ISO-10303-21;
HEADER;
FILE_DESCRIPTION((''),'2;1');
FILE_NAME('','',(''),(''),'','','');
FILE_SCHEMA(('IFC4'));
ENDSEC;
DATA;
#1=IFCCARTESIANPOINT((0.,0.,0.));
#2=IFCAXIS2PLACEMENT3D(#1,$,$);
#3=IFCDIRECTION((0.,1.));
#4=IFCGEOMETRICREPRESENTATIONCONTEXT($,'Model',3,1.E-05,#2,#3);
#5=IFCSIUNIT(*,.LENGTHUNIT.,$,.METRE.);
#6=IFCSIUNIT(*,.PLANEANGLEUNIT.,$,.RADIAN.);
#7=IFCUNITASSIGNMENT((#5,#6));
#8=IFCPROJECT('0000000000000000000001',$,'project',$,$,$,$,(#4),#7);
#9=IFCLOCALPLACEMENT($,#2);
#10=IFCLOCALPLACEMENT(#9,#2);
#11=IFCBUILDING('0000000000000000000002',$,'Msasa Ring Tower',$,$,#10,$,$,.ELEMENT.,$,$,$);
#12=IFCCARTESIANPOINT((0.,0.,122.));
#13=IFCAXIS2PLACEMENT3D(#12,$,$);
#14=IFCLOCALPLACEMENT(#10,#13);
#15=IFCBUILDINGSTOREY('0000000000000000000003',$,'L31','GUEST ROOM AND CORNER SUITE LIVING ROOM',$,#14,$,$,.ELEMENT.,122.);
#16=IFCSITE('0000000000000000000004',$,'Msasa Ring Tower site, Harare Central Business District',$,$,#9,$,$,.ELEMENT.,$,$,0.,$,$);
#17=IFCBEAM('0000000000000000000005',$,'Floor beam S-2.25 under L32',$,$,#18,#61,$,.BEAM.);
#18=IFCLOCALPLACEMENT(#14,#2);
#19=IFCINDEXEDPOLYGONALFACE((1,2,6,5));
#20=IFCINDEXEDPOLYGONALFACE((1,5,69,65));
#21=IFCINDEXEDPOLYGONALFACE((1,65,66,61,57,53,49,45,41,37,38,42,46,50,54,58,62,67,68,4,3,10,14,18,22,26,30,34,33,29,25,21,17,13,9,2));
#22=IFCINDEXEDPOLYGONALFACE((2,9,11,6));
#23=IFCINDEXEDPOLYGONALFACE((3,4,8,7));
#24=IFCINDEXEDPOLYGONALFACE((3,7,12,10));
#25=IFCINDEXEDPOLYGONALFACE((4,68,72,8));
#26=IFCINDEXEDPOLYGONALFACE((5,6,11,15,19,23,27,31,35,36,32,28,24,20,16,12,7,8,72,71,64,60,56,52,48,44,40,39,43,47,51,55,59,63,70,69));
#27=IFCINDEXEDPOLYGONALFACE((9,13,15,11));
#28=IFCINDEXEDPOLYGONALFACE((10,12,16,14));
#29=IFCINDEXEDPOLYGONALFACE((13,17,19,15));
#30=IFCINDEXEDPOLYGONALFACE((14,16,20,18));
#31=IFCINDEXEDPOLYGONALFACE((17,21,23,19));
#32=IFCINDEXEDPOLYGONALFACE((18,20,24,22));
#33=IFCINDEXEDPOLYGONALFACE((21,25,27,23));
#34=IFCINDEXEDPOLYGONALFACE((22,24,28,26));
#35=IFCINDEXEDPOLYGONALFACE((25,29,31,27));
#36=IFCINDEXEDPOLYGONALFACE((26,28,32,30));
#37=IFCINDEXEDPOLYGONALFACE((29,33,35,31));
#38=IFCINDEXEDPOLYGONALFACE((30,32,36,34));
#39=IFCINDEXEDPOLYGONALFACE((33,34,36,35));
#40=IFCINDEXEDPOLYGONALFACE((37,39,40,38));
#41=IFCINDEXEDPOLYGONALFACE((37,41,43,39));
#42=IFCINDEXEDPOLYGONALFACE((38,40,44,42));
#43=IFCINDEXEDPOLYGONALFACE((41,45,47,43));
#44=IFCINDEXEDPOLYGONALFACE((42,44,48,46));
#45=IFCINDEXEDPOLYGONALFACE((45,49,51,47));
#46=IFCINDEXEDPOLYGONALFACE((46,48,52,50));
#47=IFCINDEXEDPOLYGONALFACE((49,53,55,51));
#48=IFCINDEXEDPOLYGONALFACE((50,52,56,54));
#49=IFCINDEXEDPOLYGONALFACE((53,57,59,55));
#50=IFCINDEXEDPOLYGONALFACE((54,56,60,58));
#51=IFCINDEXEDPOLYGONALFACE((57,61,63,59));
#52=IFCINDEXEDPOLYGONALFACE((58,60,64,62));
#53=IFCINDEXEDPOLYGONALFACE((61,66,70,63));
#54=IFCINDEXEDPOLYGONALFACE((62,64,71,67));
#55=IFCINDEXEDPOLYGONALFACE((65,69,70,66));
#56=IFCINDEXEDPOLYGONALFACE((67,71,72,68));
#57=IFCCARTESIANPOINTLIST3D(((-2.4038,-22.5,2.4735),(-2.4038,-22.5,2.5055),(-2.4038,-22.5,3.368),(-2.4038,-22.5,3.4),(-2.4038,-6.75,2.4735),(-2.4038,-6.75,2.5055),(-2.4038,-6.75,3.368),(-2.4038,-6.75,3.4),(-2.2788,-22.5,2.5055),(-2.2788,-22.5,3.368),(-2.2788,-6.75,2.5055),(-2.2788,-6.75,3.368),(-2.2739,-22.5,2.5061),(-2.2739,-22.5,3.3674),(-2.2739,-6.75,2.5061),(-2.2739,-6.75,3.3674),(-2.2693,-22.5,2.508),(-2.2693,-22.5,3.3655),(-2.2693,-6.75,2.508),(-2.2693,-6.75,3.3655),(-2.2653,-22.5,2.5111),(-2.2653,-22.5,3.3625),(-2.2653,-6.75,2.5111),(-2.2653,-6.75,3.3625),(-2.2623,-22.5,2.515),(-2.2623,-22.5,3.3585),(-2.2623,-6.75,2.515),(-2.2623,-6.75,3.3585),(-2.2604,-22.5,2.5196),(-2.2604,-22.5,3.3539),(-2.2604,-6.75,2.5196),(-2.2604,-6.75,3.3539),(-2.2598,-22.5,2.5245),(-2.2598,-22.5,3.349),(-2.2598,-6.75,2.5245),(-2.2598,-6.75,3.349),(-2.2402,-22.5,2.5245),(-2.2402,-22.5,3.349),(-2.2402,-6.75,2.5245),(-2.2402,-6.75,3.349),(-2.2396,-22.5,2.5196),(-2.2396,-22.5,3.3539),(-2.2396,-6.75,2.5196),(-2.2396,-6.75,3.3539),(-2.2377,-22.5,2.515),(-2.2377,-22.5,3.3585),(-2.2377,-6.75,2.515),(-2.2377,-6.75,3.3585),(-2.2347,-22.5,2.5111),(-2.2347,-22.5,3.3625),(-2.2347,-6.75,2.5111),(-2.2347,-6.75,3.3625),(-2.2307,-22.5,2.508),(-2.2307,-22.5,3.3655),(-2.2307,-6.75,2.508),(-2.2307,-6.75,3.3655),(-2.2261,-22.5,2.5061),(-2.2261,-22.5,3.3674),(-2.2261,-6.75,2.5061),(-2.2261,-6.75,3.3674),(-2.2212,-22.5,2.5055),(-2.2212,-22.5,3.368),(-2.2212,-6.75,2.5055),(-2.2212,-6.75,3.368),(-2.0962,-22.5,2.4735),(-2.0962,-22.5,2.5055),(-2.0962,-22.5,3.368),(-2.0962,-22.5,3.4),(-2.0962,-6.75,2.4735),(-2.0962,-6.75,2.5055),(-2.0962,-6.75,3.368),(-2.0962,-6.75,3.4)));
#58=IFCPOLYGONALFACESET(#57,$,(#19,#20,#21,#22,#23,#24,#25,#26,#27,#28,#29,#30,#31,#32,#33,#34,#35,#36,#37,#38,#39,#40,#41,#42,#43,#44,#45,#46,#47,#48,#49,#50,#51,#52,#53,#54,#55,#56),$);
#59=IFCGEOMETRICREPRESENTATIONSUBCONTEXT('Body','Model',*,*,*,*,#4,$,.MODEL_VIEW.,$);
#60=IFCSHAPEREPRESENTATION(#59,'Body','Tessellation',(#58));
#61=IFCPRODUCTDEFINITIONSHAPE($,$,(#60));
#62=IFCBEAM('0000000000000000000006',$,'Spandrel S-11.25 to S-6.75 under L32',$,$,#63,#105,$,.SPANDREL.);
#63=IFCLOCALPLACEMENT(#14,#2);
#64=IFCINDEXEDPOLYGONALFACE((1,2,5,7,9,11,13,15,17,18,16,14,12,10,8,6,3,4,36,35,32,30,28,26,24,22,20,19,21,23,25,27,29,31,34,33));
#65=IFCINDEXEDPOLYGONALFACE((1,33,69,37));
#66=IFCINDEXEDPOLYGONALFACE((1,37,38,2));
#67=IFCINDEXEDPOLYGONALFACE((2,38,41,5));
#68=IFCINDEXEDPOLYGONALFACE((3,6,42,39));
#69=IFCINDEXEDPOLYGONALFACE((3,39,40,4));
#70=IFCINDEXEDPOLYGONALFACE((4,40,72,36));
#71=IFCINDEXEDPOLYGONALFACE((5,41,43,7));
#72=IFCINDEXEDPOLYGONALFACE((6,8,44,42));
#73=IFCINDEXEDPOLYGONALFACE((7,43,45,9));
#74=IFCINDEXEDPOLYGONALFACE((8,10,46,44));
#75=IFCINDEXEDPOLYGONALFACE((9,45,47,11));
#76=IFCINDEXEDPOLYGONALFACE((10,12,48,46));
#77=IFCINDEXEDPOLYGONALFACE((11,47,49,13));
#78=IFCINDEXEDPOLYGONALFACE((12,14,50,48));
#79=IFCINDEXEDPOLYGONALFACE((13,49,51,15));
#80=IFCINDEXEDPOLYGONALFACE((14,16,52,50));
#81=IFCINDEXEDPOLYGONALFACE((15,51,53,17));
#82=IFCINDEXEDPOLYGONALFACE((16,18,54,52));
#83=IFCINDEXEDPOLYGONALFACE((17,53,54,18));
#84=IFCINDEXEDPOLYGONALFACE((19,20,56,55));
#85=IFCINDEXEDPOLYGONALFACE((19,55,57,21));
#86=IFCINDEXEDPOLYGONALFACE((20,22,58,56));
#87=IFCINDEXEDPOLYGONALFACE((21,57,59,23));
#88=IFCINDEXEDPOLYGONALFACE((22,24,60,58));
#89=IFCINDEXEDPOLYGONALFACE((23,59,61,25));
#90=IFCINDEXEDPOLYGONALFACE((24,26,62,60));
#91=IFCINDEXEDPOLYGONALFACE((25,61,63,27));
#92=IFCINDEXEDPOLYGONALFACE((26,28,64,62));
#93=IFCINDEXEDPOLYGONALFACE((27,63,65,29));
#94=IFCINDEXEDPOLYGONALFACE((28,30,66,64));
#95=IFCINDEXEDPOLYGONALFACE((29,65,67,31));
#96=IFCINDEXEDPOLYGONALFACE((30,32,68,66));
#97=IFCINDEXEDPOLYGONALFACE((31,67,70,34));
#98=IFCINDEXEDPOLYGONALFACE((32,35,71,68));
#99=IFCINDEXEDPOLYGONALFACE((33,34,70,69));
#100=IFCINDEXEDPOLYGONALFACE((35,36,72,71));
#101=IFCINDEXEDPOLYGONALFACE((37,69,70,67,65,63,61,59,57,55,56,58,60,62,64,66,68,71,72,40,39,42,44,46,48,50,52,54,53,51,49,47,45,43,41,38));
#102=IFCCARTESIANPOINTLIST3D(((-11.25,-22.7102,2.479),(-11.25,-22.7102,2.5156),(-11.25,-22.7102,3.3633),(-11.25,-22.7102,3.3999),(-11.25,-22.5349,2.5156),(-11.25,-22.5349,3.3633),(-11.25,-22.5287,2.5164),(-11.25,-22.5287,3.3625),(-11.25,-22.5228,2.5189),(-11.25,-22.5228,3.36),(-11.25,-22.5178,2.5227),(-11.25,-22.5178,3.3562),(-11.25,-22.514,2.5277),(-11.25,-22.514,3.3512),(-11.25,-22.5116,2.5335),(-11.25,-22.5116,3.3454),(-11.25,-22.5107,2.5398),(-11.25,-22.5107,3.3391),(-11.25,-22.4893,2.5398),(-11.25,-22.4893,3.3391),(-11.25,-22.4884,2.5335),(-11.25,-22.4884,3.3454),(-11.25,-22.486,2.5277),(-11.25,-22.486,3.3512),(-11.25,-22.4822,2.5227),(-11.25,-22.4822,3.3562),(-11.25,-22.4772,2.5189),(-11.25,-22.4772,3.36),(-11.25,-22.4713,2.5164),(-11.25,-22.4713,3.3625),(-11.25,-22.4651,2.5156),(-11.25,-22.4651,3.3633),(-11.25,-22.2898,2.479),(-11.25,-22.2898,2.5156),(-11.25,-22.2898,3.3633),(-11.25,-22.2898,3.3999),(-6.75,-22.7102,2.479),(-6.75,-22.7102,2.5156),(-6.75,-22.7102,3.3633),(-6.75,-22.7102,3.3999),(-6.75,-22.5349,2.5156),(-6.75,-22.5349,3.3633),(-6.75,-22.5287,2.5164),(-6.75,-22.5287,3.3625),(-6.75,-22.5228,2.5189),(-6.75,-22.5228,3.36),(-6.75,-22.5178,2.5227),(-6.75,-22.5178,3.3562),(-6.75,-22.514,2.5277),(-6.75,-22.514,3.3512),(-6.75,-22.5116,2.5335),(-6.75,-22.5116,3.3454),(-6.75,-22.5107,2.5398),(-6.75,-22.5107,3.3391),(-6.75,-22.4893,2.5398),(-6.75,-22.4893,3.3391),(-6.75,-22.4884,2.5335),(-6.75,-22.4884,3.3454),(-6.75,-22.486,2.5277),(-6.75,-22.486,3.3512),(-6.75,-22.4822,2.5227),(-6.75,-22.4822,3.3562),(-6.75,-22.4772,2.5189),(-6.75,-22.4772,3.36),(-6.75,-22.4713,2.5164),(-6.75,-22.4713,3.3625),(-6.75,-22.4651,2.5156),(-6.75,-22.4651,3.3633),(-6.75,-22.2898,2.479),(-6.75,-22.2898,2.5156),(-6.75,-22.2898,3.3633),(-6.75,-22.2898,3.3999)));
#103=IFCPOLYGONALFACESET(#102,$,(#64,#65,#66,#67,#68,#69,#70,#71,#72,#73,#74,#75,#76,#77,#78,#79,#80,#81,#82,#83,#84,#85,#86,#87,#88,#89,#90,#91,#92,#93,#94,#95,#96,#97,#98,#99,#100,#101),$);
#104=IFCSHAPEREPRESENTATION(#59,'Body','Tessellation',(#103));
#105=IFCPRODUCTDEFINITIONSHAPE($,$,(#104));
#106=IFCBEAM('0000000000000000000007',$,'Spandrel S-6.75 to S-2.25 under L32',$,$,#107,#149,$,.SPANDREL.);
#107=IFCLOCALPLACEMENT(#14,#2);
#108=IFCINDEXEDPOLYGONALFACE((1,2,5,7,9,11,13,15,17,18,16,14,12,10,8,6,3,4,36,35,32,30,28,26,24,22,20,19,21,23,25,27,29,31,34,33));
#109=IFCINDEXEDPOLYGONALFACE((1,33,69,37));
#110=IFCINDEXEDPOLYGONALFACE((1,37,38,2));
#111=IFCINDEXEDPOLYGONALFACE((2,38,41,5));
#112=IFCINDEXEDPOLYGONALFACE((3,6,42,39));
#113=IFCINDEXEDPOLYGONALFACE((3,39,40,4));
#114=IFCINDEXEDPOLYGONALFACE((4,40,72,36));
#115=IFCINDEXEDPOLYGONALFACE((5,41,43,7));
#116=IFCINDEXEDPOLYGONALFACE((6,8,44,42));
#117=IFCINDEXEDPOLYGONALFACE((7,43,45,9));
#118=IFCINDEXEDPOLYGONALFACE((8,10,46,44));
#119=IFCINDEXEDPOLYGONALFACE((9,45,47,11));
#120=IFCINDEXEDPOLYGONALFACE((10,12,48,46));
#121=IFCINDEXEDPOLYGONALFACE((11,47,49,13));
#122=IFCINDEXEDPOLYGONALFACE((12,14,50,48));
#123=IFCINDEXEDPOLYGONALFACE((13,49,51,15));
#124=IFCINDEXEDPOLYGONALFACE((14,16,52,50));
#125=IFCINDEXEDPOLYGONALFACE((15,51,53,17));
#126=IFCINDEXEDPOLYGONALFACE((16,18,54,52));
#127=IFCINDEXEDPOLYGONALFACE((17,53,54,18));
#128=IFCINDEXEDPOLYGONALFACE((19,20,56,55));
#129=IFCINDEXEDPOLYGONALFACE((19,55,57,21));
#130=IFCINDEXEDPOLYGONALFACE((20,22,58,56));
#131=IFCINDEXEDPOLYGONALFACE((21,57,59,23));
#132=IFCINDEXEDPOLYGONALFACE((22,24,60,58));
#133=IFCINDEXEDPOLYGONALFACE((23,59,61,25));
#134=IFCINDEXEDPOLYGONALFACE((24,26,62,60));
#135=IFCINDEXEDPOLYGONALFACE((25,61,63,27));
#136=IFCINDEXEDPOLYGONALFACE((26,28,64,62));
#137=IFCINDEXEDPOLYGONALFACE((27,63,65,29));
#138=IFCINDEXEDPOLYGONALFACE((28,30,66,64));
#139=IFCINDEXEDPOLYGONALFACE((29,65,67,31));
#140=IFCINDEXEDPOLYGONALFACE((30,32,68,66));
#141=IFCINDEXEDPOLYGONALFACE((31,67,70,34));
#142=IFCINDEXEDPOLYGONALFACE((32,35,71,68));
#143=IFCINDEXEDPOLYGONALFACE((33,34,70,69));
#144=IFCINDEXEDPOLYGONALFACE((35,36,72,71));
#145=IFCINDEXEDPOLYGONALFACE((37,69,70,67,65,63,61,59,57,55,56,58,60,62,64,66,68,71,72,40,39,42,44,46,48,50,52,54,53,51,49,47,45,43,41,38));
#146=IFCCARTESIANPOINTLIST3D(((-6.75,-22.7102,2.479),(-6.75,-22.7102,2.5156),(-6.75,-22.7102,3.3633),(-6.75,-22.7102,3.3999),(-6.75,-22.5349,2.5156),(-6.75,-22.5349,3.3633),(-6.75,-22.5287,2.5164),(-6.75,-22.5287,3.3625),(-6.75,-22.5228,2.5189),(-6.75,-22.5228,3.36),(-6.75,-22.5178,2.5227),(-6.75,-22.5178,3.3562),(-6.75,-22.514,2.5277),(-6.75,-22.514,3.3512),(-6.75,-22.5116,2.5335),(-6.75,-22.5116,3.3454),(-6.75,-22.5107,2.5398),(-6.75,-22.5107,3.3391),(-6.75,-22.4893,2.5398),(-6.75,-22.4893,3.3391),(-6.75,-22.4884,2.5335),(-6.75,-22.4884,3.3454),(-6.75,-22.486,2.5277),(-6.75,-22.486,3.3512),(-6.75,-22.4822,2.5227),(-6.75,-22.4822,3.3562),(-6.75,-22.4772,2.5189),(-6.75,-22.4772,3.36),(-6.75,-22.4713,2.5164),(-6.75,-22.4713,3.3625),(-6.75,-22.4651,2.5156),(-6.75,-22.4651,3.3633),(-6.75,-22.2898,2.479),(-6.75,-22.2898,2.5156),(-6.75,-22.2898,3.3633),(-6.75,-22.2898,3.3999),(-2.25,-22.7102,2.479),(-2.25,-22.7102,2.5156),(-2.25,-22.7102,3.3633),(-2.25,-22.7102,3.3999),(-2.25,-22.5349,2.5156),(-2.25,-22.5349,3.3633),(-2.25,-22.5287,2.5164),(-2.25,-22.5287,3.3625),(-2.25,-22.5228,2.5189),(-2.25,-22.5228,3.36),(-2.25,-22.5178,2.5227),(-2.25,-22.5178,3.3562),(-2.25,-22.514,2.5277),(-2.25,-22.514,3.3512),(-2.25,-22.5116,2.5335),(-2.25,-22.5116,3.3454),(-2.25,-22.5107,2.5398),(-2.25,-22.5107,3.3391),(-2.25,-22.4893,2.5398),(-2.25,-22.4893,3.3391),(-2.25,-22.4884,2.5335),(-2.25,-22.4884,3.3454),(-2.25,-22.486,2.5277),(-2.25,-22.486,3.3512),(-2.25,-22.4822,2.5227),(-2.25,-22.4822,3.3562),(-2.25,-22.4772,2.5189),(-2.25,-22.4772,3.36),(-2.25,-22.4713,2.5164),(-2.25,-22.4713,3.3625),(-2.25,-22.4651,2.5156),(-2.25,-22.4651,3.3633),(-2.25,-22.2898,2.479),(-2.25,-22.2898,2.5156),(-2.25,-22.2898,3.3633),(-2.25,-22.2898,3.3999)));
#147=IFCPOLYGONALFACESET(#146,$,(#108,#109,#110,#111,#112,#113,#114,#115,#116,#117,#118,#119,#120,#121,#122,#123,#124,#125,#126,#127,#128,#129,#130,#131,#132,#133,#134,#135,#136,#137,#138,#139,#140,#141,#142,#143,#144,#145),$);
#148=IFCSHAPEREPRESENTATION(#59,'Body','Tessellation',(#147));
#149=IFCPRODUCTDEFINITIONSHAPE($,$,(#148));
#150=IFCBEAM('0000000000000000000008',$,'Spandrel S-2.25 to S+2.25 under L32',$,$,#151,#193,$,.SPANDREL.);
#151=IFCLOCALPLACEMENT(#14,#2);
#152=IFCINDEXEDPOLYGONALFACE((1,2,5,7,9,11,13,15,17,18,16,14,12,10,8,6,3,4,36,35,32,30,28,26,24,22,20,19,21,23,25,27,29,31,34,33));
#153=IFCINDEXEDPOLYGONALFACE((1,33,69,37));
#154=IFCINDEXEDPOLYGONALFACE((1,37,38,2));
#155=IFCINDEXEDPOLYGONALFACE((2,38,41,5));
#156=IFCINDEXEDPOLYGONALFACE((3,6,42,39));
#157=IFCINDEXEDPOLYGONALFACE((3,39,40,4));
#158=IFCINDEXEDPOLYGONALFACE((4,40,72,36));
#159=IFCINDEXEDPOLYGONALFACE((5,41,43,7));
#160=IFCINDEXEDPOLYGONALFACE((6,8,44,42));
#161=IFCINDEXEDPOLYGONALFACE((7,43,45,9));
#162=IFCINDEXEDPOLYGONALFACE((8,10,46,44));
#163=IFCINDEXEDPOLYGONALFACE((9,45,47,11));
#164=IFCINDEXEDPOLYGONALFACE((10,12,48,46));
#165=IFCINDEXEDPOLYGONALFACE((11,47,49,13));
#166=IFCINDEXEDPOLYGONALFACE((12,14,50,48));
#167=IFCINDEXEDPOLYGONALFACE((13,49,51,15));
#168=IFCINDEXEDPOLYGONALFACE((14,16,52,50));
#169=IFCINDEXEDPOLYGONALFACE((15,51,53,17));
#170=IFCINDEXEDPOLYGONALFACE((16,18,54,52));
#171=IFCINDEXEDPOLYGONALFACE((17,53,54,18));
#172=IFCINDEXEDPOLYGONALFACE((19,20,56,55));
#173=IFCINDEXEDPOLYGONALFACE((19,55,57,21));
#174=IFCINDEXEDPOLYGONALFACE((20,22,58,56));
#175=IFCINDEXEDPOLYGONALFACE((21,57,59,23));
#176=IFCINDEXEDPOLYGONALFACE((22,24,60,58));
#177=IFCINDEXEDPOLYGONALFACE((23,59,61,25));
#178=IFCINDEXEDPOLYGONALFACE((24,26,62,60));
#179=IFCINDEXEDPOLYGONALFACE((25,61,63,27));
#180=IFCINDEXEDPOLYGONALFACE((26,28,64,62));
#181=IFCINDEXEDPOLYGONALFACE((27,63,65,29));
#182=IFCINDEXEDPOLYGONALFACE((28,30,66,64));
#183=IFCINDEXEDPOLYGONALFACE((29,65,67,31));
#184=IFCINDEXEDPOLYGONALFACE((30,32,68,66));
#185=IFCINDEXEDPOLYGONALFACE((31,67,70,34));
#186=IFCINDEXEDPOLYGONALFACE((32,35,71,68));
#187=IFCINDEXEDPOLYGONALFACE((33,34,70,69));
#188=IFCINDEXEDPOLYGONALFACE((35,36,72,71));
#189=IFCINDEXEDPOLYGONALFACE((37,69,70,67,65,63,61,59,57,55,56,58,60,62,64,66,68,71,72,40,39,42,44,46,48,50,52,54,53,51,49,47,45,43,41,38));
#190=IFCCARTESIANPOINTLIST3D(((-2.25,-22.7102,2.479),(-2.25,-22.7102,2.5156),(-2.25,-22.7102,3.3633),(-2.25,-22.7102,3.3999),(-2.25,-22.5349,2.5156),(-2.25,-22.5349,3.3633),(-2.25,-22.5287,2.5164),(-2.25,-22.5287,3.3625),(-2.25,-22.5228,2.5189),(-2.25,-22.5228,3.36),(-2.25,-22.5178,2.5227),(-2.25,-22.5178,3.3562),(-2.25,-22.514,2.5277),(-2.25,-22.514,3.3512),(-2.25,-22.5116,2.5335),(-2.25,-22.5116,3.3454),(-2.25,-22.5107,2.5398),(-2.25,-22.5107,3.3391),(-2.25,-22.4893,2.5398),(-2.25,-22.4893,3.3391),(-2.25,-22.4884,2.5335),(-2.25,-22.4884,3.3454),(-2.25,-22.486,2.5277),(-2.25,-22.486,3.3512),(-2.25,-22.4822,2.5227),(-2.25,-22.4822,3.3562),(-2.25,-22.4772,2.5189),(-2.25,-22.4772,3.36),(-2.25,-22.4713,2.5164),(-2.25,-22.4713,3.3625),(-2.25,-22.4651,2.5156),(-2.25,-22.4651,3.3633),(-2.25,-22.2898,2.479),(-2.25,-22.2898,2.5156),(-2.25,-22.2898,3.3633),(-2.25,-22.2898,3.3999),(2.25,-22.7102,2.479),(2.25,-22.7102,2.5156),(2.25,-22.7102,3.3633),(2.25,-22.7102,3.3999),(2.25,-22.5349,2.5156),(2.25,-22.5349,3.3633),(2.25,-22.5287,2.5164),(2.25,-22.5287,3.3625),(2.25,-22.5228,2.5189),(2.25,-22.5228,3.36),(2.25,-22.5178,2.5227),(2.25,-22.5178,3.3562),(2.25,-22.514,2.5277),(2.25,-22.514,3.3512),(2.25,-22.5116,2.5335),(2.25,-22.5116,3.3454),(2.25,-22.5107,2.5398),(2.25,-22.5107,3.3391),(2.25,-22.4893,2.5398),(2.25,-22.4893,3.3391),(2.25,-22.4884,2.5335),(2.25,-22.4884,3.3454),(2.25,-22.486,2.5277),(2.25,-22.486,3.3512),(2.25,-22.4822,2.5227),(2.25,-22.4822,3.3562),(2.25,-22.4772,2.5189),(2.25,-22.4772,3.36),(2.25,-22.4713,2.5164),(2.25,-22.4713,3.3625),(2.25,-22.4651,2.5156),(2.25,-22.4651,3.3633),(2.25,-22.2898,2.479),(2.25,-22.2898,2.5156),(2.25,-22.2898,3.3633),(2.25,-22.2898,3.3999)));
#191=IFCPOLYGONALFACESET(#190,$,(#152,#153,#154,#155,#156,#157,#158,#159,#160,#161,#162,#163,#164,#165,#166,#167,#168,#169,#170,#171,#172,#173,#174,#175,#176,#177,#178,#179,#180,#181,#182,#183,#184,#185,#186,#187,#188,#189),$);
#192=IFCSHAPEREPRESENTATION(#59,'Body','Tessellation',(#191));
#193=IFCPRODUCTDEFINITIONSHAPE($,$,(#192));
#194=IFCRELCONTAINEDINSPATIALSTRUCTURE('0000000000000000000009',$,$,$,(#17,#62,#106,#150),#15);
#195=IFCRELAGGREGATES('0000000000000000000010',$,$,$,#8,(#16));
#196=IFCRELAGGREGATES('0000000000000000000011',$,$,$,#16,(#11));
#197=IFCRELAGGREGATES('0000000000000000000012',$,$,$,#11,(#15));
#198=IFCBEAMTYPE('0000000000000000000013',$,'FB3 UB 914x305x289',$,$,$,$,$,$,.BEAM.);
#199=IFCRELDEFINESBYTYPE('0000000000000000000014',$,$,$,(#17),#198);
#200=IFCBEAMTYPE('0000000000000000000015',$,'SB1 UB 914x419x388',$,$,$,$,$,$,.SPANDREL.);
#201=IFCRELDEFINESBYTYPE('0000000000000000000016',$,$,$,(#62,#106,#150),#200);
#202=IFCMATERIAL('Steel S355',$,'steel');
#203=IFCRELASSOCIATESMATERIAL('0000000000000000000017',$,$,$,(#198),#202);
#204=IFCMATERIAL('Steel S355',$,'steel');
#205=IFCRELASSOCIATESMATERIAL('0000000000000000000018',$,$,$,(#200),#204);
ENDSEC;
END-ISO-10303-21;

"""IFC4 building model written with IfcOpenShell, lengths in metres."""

from ifc_helpers import new_model, si_unit, direction, frame, origin, origin_2d, place, context, subcontext, project, spatial, i_section, extrude, material, material_profile, profile_set, type_object, element, save


model = new_model("IFC4")

# Units and contexts
model_context = context("Model", 3, precision=1e-05, world=origin(), true_north=direction((0.0, 1.0)))
body_context = subcontext(model_context, "Body", "Model", "MODEL_VIEW")
ifc_project = project(units=[si_unit("LENGTHUNIT", "METRE"), si_unit("PLANEANGLEUNIT", "RADIAN")], contexts=[model_context])

# Site, building, storey
site_placement = place(None, origin())
site = spatial("IfcSite", under=ifc_project, at=site_placement, Name="Msasa Ring Tower site, Harare Central Business District", CompositionType="ELEMENT", RefElevation=0.0)
building_placement = place(site_placement, origin())
building = spatial("IfcBuilding", under=site, at=building_placement, Name="Msasa Ring Tower", CompositionType="ELEMENT")
storey_placement = place(building_placement, frame((0.0, 0.0, 122.0)))
storey = spatial("IfcBuildingStorey", under=building, at=storey_placement, Name="L31", Description="GUEST ROOM AND CORNER SUITE LIVING ROOM", CompositionType="ELEMENT", Elevation=122.0)

# Beams
ifc_material_1 = material(Name="Steel S355", Category="steel")
ifc_material_profile_1 = material_profile(ifc_material_1, i_section(OverallWidth=0.3076, OverallDepth=0.9265, WebThickness=0.0195, FlangeThickness=0.032, FilletRadius=0.019, at=origin_2d()), Name="UB 914x305x289")
ifc_profile_set_1 = profile_set([ifc_material_profile_1], Name="Steel S355")
beam_type_1 = type_object("IfcBeamType", Name="FB3 UB 914x305x289", PredefinedType="BEAM", material=ifc_profile_set_1)
for number, where, z_axis, x_axis, name in (
    (1, (-2.25, -22.5, 2.9368), (0.0, 1.0, 0.0), (-1.0, 0.0, 0.0), "Floor beam S-2.25 under L32"),
):
    element("IfcBeam", number, at=place(storey_placement, frame(where, z_axis=z_axis, x_axis=x_axis)), inside=storey, type_object=beam_type_1, Name=name, PredefinedType="BEAM", context=body_context, shape_type="SweptSolid", body=[
        extrude(i_section(OverallWidth=0.3076, OverallDepth=0.9265, WebThickness=0.0195, FlangeThickness=0.032, FilletRadius=0.019, at=origin_2d()), origin(), (0.0, 0.0, 1.0), 15.75),
    ])
ifc_material_2 = material(Name="Steel S355", Category="steel")
ifc_material_profile_2 = material_profile(ifc_material_2, i_section(OverallWidth=0.4204, OverallDepth=0.9209, WebThickness=0.0215, FlangeThickness=0.0366, FilletRadius=0.0242, at=origin_2d()), Name="UB 914x419x388")
ifc_profile_set_2 = profile_set([ifc_material_profile_2], Name="Steel S355")
beam_type_2 = type_object("IfcBeamType", Name="SB1 UB 914x419x388", PredefinedType="SPANDREL", material=ifc_profile_set_2)
for number, where, z_axis, x_axis, name in (
    (2, (-11.25, -22.5, 2.9395), (1.0, 0.0, 0.0), (0.0, 1.0, 0.0), "Spandrel S-11.25 to S-6.75 under L32"),
    (3, (-6.75, -22.5, 2.9395), (1.0, 0.0, 0.0), (0.0, 1.0, 0.0), "Spandrel S-6.75 to S-2.25 under L32"),
    (4, (-2.25, -22.5, 2.9395), (1.0, 0.0, 0.0), (0.0, 1.0, 0.0), "Spandrel S-2.25 to S+2.25 under L32"),
):
    element("IfcBeam", number, at=place(storey_placement, frame(where, z_axis=z_axis, x_axis=x_axis)), inside=storey, type_object=beam_type_2, Name=name, PredefinedType="SPANDREL", context=body_context, shape_type="SweptSolid", body=[
        extrude(i_section(OverallWidth=0.4204, OverallDepth=0.9209, WebThickness=0.0215, FlangeThickness=0.0366, FilletRadius=0.0242, at=origin_2d()), origin(), (0.0, 0.0, 1.0), 4.5),
    ])

save(model, "model.ifc")
